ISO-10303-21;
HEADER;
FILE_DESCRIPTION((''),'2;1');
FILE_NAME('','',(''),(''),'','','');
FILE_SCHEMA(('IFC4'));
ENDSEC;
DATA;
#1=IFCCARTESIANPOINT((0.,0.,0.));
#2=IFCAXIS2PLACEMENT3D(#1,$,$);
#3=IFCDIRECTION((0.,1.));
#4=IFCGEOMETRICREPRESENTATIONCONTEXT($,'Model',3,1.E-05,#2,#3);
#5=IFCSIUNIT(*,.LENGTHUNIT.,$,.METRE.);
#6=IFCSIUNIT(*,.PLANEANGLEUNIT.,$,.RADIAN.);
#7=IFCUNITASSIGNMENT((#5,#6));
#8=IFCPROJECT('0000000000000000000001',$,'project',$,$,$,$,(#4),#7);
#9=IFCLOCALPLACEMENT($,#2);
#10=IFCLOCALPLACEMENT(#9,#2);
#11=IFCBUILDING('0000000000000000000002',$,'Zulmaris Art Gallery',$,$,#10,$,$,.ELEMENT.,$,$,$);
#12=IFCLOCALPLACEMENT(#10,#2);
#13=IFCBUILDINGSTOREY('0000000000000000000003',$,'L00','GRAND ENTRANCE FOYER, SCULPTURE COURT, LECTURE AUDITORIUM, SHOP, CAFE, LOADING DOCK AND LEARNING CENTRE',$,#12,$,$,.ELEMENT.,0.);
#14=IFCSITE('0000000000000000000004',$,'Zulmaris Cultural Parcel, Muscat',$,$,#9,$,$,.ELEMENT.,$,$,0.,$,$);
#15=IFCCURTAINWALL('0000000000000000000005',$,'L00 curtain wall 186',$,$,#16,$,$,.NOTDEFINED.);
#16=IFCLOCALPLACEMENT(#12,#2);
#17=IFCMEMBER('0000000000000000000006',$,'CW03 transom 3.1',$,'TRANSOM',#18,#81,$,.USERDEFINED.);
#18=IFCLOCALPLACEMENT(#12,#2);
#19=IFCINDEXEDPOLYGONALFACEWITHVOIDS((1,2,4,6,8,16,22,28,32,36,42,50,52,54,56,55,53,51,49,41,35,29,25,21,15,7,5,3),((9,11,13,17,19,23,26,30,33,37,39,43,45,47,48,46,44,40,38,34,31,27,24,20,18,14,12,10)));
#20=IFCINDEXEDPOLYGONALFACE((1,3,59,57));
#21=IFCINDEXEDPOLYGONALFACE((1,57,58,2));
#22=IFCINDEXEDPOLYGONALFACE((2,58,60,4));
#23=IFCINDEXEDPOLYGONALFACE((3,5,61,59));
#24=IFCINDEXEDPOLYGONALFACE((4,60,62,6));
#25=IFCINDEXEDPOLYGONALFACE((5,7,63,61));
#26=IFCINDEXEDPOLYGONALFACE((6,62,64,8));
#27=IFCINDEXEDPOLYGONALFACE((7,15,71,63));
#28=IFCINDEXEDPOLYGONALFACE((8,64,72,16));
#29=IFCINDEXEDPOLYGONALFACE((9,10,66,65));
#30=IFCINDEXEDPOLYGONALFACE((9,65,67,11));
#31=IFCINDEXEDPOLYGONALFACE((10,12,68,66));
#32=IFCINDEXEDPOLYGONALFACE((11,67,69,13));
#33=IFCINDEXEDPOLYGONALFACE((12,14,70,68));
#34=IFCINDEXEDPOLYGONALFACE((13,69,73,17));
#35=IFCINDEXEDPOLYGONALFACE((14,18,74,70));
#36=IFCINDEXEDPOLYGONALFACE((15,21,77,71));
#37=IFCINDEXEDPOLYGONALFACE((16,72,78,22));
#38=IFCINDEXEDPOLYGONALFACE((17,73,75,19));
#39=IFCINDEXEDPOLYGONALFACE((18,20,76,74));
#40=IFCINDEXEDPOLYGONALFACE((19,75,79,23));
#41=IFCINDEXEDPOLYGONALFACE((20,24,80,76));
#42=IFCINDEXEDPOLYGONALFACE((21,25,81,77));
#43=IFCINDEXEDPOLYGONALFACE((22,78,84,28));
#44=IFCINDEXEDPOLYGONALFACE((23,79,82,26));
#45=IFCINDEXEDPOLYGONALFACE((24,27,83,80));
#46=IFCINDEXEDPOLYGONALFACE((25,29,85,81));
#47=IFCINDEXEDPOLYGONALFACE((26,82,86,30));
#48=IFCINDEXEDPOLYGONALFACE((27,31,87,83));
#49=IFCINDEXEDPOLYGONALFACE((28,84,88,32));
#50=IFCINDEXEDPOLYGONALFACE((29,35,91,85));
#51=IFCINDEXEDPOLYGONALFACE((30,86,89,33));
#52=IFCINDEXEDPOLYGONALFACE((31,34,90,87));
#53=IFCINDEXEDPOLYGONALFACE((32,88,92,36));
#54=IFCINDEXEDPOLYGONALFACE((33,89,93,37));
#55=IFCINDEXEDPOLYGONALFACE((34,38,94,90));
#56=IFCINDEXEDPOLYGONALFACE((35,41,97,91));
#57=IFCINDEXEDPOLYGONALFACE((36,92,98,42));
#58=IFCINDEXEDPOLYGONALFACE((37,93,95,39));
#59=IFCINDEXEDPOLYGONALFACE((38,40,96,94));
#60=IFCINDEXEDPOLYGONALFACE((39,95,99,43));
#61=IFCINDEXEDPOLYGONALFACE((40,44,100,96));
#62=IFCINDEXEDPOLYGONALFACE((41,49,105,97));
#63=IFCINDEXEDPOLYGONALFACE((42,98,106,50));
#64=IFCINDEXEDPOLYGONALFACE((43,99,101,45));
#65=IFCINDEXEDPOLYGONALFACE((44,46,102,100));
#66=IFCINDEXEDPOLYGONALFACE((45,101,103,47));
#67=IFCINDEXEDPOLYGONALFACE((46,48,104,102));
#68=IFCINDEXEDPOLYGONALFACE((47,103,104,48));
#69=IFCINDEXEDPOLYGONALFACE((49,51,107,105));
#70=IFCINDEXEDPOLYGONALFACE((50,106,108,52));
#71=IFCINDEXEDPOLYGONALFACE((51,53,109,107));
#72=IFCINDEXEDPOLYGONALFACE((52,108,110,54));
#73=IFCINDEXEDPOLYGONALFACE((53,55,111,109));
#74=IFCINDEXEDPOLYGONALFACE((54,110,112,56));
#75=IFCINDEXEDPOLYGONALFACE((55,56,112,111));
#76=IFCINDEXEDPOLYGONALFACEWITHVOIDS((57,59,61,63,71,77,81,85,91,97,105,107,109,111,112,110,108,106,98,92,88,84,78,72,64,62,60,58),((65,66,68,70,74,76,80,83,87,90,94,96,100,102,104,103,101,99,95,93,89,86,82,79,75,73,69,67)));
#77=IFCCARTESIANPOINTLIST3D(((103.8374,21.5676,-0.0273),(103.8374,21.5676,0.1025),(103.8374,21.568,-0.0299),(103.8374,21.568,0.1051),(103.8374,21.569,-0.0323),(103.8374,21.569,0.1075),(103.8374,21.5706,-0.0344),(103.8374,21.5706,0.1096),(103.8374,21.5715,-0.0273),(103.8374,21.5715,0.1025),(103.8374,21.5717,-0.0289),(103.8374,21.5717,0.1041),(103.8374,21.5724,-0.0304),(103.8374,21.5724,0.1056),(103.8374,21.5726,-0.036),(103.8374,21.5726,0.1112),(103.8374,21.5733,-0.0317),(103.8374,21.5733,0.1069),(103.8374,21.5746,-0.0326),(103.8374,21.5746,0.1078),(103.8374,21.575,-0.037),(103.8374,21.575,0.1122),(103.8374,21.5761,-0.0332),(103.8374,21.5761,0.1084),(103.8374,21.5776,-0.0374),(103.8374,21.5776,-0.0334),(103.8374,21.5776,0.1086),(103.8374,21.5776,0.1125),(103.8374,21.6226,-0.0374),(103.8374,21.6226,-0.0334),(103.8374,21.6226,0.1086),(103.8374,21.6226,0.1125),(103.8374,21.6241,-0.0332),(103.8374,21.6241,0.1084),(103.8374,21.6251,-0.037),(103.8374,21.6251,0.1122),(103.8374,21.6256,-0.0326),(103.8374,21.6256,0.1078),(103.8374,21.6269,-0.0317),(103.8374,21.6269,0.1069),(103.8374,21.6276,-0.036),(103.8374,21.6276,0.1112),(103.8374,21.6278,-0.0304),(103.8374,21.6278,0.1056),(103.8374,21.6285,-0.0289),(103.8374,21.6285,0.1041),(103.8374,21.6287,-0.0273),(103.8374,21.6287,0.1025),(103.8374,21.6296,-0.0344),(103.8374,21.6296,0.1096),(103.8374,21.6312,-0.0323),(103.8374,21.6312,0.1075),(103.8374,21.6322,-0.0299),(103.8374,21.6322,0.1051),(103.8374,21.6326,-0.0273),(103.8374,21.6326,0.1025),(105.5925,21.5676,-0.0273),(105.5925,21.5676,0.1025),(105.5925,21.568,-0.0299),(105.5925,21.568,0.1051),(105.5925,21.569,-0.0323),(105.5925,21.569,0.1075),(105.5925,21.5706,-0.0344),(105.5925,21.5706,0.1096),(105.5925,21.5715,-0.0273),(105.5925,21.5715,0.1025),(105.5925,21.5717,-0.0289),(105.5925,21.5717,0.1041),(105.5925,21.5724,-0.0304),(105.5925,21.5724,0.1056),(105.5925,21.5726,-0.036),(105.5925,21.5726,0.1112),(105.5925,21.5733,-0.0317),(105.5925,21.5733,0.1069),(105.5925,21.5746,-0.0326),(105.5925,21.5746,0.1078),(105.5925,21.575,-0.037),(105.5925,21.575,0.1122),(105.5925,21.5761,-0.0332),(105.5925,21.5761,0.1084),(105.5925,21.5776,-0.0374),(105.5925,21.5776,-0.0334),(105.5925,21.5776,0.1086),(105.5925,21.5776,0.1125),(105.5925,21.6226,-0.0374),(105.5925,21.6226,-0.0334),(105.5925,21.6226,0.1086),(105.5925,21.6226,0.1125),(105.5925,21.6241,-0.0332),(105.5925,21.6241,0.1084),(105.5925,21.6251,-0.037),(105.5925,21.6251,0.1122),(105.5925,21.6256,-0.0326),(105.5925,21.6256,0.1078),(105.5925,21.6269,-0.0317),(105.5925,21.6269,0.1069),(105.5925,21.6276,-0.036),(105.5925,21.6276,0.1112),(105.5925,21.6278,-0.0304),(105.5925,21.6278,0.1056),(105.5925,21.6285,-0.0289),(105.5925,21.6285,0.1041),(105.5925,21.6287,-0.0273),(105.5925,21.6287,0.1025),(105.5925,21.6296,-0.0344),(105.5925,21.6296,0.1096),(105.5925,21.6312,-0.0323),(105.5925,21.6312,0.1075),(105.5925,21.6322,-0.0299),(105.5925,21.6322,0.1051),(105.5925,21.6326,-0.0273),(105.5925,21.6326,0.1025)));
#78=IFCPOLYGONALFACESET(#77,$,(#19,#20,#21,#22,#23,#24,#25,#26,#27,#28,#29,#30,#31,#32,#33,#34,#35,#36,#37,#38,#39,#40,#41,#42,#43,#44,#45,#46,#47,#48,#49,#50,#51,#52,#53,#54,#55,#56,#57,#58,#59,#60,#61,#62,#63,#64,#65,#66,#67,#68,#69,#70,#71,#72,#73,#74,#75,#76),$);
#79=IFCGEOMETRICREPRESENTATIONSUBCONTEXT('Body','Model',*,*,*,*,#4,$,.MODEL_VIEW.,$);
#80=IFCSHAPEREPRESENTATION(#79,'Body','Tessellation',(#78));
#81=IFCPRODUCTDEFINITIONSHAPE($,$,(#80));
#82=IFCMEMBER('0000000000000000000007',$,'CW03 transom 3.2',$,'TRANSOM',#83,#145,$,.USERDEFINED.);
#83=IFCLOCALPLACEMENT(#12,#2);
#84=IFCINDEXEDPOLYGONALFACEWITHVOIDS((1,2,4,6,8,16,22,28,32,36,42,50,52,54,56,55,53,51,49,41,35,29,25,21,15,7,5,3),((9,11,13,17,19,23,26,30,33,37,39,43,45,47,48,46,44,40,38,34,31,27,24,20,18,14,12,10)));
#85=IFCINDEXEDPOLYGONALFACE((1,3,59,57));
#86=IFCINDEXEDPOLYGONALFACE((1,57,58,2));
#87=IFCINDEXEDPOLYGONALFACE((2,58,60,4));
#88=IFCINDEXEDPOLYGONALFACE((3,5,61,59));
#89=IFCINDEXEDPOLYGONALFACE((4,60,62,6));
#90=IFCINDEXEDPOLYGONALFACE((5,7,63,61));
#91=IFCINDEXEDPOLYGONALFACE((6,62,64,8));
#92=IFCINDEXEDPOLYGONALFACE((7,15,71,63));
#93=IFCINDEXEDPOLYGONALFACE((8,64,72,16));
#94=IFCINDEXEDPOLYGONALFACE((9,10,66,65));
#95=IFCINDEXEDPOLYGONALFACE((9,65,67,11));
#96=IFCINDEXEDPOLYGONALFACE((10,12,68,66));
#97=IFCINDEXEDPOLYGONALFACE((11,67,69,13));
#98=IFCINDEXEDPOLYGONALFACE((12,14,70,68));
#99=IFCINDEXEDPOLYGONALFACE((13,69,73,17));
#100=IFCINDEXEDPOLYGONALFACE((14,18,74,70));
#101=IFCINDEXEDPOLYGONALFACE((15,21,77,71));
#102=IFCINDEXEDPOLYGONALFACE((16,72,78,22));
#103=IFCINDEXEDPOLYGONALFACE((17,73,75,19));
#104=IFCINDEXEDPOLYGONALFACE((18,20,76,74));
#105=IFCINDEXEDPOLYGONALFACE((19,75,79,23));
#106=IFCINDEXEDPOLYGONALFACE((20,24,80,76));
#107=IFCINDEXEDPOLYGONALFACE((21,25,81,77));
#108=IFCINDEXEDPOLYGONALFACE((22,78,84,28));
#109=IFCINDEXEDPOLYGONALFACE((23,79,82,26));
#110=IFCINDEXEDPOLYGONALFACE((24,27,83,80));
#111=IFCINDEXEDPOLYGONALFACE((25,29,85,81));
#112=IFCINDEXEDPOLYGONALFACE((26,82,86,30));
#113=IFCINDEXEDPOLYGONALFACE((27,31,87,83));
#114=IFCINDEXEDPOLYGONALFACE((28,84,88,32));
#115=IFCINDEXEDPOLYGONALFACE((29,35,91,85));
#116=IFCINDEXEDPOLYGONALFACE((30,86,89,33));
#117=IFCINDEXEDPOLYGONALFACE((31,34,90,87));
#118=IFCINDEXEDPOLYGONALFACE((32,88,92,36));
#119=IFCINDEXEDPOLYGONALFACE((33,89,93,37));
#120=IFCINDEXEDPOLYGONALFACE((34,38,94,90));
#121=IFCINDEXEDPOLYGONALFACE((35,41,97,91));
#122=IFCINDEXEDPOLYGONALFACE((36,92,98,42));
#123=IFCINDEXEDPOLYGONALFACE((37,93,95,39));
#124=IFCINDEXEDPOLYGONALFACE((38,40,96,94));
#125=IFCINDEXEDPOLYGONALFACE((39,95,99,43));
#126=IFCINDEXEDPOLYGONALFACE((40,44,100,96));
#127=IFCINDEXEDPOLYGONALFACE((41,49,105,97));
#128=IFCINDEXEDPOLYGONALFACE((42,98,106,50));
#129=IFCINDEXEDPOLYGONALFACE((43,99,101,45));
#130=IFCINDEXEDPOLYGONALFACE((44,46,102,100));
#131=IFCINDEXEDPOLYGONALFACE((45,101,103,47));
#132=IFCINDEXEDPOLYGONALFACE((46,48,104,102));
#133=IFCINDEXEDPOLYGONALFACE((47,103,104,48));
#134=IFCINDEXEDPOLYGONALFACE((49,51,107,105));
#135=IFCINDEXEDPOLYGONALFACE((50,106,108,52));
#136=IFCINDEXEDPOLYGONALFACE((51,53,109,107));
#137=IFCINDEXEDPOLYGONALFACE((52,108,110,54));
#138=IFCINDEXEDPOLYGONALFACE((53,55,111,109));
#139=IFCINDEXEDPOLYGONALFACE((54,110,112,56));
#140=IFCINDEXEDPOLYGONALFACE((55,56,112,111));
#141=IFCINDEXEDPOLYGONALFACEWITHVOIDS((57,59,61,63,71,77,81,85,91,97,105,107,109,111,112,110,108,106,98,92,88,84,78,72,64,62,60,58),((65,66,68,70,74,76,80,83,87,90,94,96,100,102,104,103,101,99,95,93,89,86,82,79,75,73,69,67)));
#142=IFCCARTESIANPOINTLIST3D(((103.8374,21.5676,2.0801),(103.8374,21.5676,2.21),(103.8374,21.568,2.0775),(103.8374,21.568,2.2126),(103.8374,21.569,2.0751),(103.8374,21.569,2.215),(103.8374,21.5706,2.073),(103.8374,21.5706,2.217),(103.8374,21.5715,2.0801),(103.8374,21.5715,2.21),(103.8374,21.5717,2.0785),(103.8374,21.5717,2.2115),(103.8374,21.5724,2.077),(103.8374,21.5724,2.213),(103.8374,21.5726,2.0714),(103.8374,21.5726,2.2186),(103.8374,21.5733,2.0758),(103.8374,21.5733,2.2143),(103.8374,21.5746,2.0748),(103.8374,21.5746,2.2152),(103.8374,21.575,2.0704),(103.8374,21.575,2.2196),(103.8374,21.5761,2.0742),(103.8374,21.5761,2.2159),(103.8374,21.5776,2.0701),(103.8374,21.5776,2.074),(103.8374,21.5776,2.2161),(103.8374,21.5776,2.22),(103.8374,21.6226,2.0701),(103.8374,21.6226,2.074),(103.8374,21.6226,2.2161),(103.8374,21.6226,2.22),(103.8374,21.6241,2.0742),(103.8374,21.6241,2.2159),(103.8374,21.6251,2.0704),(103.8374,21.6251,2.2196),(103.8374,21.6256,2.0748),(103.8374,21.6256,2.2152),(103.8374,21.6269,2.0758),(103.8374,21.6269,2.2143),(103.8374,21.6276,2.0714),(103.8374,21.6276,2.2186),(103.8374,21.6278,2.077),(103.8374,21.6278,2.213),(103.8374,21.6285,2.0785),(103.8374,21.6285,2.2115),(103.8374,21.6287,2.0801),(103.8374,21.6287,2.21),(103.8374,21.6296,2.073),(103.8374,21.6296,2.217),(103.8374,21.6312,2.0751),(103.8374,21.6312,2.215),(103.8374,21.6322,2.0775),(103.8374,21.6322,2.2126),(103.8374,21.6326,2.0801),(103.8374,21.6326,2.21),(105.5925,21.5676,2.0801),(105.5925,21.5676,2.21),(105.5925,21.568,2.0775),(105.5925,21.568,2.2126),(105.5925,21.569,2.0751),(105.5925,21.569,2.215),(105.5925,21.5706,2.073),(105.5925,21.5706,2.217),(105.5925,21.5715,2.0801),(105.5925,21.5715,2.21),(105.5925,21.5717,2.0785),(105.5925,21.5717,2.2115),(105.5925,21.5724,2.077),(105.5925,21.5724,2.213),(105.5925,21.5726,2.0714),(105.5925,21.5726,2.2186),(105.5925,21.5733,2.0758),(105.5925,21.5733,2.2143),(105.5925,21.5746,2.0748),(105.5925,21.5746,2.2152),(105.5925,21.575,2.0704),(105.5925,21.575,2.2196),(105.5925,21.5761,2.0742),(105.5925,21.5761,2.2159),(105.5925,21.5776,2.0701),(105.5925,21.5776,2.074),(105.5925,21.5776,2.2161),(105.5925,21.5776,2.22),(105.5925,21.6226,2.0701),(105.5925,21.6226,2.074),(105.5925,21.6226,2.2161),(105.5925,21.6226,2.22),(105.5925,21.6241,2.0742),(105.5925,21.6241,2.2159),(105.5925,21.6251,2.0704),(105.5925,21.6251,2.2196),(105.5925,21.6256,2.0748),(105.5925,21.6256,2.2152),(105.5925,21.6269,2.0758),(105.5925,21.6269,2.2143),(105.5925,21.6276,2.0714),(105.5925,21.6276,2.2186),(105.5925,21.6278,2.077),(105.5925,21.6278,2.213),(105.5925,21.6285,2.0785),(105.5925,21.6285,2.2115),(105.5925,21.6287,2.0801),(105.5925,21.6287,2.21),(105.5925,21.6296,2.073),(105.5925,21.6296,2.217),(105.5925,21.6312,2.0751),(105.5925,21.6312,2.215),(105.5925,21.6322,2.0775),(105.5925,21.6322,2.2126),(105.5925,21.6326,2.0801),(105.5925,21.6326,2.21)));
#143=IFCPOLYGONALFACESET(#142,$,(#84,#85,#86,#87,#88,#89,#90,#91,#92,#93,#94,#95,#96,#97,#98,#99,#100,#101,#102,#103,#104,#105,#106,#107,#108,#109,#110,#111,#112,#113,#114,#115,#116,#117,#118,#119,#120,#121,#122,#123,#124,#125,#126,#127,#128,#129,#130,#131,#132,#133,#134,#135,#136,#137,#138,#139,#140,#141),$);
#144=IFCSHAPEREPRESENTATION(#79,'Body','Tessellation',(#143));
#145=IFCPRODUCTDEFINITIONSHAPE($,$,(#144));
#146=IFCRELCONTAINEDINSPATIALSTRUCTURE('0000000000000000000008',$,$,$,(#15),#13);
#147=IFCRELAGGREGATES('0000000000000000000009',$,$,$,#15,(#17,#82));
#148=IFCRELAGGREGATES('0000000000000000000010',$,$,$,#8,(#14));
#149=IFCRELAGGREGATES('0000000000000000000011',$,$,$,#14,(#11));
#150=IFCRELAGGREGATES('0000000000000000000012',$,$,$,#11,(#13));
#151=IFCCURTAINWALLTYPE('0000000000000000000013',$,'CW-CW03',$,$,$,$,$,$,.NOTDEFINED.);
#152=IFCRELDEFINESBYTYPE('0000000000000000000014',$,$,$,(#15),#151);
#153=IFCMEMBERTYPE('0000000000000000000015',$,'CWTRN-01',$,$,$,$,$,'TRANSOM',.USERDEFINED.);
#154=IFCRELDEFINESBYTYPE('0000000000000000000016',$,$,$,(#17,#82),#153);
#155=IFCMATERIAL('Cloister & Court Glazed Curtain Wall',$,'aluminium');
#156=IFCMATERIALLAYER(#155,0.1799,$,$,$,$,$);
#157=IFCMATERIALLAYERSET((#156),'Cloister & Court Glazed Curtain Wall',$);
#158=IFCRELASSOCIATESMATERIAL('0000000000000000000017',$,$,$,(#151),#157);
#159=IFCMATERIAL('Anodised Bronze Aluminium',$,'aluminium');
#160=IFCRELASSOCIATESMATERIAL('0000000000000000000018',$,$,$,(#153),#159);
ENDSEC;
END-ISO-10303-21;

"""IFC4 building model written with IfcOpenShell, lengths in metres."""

from ifc_helpers import new_model, si_unit, direction, frame, origin, origin_2d, place, context, subcontext, project, spatial, hollow_rectangle, extrude, material, layer, layer_set, material_profile, profile_set, type_object, element, aggregate, save


model = new_model("IFC4")

# Units and contexts
model_context = context("Model", 3, precision=1e-05, world=origin(), true_north=direction((0.0, 1.0)))
body_context = subcontext(model_context, "Body", "Model", "MODEL_VIEW")
ifc_project = project(units=[si_unit("LENGTHUNIT", "METRE"), si_unit("PLANEANGLEUNIT", "RADIAN")], contexts=[model_context])

# Site, building, storey
site_placement = place(None, origin())
site = spatial("IfcSite", under=ifc_project, at=site_placement, Name="Zulmaris Cultural Parcel, Muscat", CompositionType="ELEMENT", RefElevation=0.0)
building_placement = place(site_placement, origin())
building = spatial("IfcBuilding", under=site, at=building_placement, Name="Zulmaris Art Gallery", CompositionType="ELEMENT")
storey_placement = place(building_placement, origin())
storey = spatial("IfcBuildingStorey", under=building, at=storey_placement, Name="L00", Description="GRAND ENTRANCE FOYER, SCULPTURE COURT, LECTURE AUDITORIUM, SHOP, CAFE, LOADING DOCK AND LEARNING CENTRE", CompositionType="ELEMENT", Elevation=0.0)

# Shared definitions
ifc_material_1 = material(Name="Cloister & Court Glazed Curtain Wall", Category="aluminium")
ifc_layer_1 = layer(ifc_material_1, 0.1799)
ifc_layer_set_1 = layer_set([ifc_layer_1], Name="Cloister & Court Glazed Curtain Wall")
curtain_wall_type = type_object("IfcCurtainWallType", Name="CW-CW03", PredefinedType="NOTDEFINED", material=ifc_layer_set_1)
ifc_material_2 = material(Name="Anodised Bronze Aluminium", Category="aluminium")

# Curtain wall, members
curtain_wall_1_placement = place(storey_placement, origin())
curtain_wall_1 = element("IfcCurtainWall", 1, at=curtain_wall_1_placement, inside=storey, type_object=curtain_wall_type, Name="L00 curtain wall 186", PredefinedType="NOTDEFINED")
ifc_material_profile_1 = material_profile(ifc_material_2, hollow_rectangle(XDim=0.0649, YDim=0.1499, WallThickness=0.0039, InnerFilletRadius=0.0061, OuterFilletRadius=0.01, at=origin_2d()), Name="ALU 65x150x4")
ifc_profile_set_1 = profile_set([ifc_material_profile_1], Name="Anodised Bronze Aluminium")
member_type_1 = type_object("IfcMemberType", Name="CWTRN-01", ElementType="TRANSOM", PredefinedType="USERDEFINED", material=ifc_profile_set_1)
member_1_placement = place(storey_placement, frame((103.8374, 21.6001, 0.0376), z_axis=(1.0, 0.0, 0.0), x_axis=(0.0, 1.0, 0.0)))
member_1 = element("IfcMember", 2, at=member_1_placement, type_object=member_type_1, Name="CW03 transom 3.1", ObjectType="TRANSOM", PredefinedType="USERDEFINED", context=body_context, shape_type="SweptSolid", body=[
    extrude(hollow_rectangle(XDim=0.0649, YDim=0.1499, WallThickness=0.0039, InnerFilletRadius=0.0061, OuterFilletRadius=0.01, at=origin_2d()), origin(), (0.0, 0.0, 1.0), 1.7551),
])
member_2_placement = place(storey_placement, frame((103.8374, 21.6001, 2.145), z_axis=(1.0, 0.0, 0.0), x_axis=(0.0, 1.0, 0.0)))
member_2 = element("IfcMember", 3, at=member_2_placement, type_object=member_type_1, Name="CW03 transom 3.2", ObjectType="TRANSOM", PredefinedType="USERDEFINED", context=body_context, shape_type="SweptSolid", body=[
    extrude(hollow_rectangle(XDim=0.0649, YDim=0.1499, WallThickness=0.0039, InnerFilletRadius=0.0061, OuterFilletRadius=0.01, at=origin_2d()), origin(), (0.0, 0.0, 1.0), 1.7551),
])

aggregate(curtain_wall_1, [member_1, member_2])

save(model, "model.ifc")
